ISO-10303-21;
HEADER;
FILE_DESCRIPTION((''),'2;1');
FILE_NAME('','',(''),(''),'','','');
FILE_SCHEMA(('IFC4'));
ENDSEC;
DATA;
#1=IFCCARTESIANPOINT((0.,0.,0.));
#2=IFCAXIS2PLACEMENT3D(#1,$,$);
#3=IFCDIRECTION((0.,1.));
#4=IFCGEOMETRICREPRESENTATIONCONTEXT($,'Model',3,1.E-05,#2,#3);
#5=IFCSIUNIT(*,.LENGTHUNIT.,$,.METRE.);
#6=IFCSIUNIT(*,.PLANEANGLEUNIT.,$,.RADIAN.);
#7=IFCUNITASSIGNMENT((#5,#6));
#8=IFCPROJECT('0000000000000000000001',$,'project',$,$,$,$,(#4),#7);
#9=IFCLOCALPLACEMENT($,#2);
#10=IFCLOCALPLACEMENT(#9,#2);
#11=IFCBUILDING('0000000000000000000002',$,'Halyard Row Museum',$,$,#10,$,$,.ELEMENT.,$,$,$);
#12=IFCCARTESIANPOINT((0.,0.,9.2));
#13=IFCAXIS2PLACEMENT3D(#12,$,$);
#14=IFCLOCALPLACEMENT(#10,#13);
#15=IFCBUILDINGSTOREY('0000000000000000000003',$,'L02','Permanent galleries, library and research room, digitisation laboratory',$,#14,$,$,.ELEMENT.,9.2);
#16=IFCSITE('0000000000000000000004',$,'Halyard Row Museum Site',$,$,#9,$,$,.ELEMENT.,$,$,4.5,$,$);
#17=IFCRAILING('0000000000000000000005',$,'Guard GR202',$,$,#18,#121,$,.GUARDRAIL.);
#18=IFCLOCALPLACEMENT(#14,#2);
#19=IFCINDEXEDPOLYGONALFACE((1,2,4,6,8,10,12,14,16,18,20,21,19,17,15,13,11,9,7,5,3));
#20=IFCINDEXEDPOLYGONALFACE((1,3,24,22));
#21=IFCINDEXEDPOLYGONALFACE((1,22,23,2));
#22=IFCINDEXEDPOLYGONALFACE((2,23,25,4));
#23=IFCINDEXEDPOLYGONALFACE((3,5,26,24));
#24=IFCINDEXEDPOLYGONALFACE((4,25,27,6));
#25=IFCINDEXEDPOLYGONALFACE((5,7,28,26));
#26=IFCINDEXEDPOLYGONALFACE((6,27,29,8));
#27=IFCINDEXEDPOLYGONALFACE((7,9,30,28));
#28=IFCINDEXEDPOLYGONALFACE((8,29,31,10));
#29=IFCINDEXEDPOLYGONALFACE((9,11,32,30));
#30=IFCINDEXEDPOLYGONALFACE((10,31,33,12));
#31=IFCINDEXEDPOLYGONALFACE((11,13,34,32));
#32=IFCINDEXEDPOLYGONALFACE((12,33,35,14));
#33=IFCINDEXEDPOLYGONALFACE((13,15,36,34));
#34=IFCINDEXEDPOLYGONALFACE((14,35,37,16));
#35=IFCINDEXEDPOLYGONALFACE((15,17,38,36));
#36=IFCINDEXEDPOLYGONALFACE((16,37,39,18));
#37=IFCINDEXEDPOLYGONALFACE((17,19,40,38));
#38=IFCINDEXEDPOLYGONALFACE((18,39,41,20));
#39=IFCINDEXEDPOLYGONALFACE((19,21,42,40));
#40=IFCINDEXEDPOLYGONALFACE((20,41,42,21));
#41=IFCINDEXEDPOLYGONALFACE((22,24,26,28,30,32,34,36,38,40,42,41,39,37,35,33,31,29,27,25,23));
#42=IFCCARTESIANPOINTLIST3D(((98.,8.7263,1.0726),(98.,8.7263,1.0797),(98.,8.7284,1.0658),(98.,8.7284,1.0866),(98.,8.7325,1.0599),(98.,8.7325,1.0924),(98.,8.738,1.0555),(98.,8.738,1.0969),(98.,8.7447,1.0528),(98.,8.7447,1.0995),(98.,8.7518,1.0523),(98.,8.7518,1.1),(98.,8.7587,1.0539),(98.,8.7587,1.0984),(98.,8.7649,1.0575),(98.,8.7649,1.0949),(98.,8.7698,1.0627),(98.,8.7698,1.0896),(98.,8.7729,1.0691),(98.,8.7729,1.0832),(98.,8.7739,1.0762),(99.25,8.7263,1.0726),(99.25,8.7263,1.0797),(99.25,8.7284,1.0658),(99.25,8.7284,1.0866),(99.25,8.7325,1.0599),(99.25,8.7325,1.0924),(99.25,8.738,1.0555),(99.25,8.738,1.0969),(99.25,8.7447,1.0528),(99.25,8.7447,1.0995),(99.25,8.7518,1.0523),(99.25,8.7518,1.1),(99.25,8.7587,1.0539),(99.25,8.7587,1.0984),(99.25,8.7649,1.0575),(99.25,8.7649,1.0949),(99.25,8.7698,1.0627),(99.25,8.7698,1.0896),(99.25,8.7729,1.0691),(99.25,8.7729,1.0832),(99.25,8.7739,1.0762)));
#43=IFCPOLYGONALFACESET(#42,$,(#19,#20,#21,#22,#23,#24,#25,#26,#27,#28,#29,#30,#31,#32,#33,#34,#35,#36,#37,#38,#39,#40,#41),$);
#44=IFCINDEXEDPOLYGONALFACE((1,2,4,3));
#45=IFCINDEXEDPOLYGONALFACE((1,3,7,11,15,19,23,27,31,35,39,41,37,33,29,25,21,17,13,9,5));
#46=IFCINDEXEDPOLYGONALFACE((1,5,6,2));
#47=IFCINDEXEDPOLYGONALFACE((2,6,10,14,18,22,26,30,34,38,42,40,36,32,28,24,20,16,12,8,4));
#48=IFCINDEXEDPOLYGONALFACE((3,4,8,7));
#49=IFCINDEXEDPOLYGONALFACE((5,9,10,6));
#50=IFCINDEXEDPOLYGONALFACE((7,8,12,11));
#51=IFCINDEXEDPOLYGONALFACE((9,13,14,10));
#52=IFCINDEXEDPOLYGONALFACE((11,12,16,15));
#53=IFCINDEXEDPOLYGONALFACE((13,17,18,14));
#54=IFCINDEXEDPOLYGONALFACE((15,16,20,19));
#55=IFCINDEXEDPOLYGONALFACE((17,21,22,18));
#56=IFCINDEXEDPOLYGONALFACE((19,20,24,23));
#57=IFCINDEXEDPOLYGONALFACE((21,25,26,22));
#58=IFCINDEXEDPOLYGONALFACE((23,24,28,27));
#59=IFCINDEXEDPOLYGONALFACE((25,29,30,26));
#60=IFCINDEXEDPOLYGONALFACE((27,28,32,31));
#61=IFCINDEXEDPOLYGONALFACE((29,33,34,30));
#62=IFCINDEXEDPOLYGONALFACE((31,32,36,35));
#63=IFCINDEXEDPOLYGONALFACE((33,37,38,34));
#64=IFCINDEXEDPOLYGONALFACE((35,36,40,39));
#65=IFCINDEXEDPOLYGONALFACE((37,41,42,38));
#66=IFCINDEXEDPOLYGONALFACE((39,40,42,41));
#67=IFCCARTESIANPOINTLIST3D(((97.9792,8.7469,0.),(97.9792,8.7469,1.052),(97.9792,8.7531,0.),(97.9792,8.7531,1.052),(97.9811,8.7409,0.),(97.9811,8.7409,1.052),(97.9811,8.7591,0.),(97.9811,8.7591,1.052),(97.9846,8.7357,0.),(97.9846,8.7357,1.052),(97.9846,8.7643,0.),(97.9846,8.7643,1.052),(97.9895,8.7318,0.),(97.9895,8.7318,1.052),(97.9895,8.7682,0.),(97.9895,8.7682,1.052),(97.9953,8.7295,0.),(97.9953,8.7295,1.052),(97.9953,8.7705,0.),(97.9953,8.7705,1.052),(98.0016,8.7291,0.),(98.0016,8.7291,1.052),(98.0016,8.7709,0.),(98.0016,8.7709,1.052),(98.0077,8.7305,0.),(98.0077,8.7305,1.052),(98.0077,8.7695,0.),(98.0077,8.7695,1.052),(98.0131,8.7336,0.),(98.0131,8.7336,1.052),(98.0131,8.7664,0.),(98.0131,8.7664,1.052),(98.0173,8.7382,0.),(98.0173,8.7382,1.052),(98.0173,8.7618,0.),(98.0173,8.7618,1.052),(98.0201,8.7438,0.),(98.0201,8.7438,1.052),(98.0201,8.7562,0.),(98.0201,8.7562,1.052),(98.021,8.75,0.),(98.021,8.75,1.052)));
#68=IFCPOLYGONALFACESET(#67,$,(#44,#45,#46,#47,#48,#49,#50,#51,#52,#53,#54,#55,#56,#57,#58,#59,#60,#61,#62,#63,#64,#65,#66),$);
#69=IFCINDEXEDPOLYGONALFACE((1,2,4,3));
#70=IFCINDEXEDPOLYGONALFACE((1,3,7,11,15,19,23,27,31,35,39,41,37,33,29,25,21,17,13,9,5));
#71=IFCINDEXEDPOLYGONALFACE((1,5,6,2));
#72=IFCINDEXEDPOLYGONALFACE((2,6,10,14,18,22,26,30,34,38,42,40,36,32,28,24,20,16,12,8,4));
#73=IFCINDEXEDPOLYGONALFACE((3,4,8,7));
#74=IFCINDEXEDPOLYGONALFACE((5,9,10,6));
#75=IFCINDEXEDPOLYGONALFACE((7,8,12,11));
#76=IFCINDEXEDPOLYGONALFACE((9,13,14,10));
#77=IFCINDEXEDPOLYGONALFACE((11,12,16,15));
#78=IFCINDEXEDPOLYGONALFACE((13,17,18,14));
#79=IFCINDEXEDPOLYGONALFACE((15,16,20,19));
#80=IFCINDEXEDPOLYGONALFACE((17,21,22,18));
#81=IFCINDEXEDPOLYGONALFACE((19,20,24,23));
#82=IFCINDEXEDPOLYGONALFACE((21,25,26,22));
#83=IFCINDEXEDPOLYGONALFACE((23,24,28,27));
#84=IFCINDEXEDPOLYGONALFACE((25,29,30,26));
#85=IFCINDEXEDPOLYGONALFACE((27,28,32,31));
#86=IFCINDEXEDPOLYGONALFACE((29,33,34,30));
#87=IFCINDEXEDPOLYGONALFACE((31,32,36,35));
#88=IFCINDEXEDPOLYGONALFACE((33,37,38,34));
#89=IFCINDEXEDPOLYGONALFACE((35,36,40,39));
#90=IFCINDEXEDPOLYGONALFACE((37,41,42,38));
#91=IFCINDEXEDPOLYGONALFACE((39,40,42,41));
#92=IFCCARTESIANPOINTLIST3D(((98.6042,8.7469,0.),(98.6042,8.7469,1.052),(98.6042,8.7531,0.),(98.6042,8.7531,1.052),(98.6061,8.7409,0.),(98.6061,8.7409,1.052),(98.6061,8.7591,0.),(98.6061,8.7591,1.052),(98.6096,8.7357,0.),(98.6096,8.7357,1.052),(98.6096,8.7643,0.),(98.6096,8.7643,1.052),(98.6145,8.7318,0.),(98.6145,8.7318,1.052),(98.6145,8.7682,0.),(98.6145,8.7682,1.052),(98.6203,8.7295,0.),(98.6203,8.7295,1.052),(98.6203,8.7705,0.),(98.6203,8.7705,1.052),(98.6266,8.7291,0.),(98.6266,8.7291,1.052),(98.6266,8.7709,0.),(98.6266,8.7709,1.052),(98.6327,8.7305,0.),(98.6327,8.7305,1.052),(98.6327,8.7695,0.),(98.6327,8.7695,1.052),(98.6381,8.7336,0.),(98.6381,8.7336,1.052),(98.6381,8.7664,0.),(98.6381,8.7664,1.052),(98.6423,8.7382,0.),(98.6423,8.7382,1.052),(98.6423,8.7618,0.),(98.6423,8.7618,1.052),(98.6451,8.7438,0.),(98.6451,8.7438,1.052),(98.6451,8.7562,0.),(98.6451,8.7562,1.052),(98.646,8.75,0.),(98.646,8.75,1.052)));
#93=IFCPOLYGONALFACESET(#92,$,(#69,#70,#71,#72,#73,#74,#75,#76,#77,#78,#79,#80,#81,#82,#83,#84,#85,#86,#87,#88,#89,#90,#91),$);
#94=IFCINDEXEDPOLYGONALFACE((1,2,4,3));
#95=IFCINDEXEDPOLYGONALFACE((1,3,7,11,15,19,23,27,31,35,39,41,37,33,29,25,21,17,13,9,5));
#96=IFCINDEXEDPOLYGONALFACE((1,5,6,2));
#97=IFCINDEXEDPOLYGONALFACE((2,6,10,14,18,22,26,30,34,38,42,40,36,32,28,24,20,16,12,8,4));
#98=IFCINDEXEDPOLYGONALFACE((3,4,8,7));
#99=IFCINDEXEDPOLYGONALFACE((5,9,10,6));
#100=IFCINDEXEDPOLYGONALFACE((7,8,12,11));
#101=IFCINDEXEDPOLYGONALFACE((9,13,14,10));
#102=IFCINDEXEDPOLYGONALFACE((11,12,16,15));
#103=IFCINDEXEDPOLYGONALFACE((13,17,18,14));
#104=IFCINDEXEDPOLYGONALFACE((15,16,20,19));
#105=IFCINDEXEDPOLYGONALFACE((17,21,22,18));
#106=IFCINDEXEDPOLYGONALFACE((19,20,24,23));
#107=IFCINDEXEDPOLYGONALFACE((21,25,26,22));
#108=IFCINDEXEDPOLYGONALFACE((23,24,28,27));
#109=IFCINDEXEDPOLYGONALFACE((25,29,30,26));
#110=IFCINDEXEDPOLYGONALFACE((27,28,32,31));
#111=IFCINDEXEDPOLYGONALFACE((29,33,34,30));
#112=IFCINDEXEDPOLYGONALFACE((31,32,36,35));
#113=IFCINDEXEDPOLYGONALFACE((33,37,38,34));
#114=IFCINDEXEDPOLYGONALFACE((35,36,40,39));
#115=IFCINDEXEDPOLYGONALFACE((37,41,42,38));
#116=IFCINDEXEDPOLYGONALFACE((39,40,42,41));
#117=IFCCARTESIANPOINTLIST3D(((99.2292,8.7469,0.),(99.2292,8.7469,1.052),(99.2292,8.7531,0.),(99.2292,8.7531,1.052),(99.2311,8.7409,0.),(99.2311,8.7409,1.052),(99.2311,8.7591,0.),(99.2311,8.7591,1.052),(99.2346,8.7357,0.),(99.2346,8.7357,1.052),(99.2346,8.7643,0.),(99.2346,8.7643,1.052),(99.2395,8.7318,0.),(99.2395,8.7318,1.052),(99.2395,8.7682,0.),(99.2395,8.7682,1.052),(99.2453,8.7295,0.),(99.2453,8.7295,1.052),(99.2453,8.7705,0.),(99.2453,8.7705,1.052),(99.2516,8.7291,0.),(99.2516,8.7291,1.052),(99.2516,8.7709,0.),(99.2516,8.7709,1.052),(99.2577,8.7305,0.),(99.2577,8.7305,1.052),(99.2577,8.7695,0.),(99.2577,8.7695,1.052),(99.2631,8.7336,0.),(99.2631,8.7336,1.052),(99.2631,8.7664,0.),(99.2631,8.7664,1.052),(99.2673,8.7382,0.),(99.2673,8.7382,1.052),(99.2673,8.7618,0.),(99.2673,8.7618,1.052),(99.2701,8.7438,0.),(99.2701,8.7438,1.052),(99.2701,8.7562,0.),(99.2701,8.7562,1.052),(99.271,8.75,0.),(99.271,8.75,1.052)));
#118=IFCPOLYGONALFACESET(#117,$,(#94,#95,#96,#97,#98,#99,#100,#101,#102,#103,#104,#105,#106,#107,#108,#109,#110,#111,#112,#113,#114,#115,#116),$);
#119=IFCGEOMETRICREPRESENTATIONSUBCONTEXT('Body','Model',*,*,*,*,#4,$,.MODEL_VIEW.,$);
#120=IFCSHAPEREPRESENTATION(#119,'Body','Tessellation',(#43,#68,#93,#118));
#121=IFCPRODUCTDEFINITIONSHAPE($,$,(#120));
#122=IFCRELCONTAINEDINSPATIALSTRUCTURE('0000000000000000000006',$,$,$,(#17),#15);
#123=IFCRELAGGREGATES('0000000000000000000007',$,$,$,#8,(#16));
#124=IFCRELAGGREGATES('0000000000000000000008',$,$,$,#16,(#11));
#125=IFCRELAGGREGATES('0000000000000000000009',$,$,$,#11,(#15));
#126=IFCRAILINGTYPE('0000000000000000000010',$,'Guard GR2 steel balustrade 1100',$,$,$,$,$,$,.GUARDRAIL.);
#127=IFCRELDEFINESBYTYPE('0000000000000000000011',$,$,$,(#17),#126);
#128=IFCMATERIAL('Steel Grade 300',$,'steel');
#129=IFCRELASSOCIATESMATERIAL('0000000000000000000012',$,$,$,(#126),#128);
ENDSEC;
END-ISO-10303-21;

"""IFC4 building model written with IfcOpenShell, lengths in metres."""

from ifc_helpers import new_model, si_unit, direction, frame, origin, origin_2d, place, context, subcontext, project, spatial, circle, extrude, material, type_object, element, save


model = new_model("IFC4")

# Units and contexts
model_context = context("Model", 3, precision=1e-05, world=origin(), true_north=direction((0.0, 1.0)))
body_context = subcontext(model_context, "Body", "Model", "MODEL_VIEW")
ifc_project = project(units=[si_unit("LENGTHUNIT", "METRE"), si_unit("PLANEANGLEUNIT", "RADIAN")], contexts=[model_context])

# Site, building, storey
site_placement = place(None, origin())
site = spatial("IfcSite", under=ifc_project, at=site_placement, Name="Halyard Row Museum Site", CompositionType="ELEMENT", RefElevation=4.5)
building_placement = place(site_placement, origin())
building = spatial("IfcBuilding", under=site, at=building_placement, Name="Halyard Row Museum", CompositionType="ELEMENT")
storey_placement = place(building_placement, frame((0.0, 0.0, 9.2)))
storey = spatial("IfcBuildingStorey", under=building, at=storey_placement, Name="L02", Description="Permanent galleries, library and research room, digitisation laboratory", CompositionType="ELEMENT", Elevation=9.2)

# Railing
ifc_material_1 = material(Name="Steel Grade 300", Category="steel")
railing_type = type_object("IfcRailingType", Name="Guard GR2 steel balustrade 1100", PredefinedType="GUARDRAIL", material=ifc_material_1)
railing_placement = place(storey_placement, frame((98.0, 8.75, 0.0)))
element("IfcRailing", 1, at=railing_placement, inside=storey, type_object=railing_type, Name="Guard GR202", PredefinedType="GUARDRAIL", context=body_context, shape_type="SweptSolid", body=[
    extrude(circle(Radius=0.0239, at=origin_2d()), frame((0.0, 0.0, 1.0762), z_axis=(1.0, 0.0, 0.0), x_axis=(0.0, 1.0, 0.0)), (0.0, 0.0, 1.0), 1.25),
    extrude(circle(Radius=0.021, at=origin_2d()), origin(), (0.0, 0.0, 1.0), 1.052),
    extrude(circle(Radius=0.021, at=origin_2d()), frame((0.625, 0.0, 0.0)), (0.0, 0.0, 1.0), 1.052),
    extrude(circle(Radius=0.021, at=origin_2d()), frame((1.25, 0.0, 0.0)), (0.0, 0.0, 1.0), 1.052),
])

save(model, "model.ifc")
